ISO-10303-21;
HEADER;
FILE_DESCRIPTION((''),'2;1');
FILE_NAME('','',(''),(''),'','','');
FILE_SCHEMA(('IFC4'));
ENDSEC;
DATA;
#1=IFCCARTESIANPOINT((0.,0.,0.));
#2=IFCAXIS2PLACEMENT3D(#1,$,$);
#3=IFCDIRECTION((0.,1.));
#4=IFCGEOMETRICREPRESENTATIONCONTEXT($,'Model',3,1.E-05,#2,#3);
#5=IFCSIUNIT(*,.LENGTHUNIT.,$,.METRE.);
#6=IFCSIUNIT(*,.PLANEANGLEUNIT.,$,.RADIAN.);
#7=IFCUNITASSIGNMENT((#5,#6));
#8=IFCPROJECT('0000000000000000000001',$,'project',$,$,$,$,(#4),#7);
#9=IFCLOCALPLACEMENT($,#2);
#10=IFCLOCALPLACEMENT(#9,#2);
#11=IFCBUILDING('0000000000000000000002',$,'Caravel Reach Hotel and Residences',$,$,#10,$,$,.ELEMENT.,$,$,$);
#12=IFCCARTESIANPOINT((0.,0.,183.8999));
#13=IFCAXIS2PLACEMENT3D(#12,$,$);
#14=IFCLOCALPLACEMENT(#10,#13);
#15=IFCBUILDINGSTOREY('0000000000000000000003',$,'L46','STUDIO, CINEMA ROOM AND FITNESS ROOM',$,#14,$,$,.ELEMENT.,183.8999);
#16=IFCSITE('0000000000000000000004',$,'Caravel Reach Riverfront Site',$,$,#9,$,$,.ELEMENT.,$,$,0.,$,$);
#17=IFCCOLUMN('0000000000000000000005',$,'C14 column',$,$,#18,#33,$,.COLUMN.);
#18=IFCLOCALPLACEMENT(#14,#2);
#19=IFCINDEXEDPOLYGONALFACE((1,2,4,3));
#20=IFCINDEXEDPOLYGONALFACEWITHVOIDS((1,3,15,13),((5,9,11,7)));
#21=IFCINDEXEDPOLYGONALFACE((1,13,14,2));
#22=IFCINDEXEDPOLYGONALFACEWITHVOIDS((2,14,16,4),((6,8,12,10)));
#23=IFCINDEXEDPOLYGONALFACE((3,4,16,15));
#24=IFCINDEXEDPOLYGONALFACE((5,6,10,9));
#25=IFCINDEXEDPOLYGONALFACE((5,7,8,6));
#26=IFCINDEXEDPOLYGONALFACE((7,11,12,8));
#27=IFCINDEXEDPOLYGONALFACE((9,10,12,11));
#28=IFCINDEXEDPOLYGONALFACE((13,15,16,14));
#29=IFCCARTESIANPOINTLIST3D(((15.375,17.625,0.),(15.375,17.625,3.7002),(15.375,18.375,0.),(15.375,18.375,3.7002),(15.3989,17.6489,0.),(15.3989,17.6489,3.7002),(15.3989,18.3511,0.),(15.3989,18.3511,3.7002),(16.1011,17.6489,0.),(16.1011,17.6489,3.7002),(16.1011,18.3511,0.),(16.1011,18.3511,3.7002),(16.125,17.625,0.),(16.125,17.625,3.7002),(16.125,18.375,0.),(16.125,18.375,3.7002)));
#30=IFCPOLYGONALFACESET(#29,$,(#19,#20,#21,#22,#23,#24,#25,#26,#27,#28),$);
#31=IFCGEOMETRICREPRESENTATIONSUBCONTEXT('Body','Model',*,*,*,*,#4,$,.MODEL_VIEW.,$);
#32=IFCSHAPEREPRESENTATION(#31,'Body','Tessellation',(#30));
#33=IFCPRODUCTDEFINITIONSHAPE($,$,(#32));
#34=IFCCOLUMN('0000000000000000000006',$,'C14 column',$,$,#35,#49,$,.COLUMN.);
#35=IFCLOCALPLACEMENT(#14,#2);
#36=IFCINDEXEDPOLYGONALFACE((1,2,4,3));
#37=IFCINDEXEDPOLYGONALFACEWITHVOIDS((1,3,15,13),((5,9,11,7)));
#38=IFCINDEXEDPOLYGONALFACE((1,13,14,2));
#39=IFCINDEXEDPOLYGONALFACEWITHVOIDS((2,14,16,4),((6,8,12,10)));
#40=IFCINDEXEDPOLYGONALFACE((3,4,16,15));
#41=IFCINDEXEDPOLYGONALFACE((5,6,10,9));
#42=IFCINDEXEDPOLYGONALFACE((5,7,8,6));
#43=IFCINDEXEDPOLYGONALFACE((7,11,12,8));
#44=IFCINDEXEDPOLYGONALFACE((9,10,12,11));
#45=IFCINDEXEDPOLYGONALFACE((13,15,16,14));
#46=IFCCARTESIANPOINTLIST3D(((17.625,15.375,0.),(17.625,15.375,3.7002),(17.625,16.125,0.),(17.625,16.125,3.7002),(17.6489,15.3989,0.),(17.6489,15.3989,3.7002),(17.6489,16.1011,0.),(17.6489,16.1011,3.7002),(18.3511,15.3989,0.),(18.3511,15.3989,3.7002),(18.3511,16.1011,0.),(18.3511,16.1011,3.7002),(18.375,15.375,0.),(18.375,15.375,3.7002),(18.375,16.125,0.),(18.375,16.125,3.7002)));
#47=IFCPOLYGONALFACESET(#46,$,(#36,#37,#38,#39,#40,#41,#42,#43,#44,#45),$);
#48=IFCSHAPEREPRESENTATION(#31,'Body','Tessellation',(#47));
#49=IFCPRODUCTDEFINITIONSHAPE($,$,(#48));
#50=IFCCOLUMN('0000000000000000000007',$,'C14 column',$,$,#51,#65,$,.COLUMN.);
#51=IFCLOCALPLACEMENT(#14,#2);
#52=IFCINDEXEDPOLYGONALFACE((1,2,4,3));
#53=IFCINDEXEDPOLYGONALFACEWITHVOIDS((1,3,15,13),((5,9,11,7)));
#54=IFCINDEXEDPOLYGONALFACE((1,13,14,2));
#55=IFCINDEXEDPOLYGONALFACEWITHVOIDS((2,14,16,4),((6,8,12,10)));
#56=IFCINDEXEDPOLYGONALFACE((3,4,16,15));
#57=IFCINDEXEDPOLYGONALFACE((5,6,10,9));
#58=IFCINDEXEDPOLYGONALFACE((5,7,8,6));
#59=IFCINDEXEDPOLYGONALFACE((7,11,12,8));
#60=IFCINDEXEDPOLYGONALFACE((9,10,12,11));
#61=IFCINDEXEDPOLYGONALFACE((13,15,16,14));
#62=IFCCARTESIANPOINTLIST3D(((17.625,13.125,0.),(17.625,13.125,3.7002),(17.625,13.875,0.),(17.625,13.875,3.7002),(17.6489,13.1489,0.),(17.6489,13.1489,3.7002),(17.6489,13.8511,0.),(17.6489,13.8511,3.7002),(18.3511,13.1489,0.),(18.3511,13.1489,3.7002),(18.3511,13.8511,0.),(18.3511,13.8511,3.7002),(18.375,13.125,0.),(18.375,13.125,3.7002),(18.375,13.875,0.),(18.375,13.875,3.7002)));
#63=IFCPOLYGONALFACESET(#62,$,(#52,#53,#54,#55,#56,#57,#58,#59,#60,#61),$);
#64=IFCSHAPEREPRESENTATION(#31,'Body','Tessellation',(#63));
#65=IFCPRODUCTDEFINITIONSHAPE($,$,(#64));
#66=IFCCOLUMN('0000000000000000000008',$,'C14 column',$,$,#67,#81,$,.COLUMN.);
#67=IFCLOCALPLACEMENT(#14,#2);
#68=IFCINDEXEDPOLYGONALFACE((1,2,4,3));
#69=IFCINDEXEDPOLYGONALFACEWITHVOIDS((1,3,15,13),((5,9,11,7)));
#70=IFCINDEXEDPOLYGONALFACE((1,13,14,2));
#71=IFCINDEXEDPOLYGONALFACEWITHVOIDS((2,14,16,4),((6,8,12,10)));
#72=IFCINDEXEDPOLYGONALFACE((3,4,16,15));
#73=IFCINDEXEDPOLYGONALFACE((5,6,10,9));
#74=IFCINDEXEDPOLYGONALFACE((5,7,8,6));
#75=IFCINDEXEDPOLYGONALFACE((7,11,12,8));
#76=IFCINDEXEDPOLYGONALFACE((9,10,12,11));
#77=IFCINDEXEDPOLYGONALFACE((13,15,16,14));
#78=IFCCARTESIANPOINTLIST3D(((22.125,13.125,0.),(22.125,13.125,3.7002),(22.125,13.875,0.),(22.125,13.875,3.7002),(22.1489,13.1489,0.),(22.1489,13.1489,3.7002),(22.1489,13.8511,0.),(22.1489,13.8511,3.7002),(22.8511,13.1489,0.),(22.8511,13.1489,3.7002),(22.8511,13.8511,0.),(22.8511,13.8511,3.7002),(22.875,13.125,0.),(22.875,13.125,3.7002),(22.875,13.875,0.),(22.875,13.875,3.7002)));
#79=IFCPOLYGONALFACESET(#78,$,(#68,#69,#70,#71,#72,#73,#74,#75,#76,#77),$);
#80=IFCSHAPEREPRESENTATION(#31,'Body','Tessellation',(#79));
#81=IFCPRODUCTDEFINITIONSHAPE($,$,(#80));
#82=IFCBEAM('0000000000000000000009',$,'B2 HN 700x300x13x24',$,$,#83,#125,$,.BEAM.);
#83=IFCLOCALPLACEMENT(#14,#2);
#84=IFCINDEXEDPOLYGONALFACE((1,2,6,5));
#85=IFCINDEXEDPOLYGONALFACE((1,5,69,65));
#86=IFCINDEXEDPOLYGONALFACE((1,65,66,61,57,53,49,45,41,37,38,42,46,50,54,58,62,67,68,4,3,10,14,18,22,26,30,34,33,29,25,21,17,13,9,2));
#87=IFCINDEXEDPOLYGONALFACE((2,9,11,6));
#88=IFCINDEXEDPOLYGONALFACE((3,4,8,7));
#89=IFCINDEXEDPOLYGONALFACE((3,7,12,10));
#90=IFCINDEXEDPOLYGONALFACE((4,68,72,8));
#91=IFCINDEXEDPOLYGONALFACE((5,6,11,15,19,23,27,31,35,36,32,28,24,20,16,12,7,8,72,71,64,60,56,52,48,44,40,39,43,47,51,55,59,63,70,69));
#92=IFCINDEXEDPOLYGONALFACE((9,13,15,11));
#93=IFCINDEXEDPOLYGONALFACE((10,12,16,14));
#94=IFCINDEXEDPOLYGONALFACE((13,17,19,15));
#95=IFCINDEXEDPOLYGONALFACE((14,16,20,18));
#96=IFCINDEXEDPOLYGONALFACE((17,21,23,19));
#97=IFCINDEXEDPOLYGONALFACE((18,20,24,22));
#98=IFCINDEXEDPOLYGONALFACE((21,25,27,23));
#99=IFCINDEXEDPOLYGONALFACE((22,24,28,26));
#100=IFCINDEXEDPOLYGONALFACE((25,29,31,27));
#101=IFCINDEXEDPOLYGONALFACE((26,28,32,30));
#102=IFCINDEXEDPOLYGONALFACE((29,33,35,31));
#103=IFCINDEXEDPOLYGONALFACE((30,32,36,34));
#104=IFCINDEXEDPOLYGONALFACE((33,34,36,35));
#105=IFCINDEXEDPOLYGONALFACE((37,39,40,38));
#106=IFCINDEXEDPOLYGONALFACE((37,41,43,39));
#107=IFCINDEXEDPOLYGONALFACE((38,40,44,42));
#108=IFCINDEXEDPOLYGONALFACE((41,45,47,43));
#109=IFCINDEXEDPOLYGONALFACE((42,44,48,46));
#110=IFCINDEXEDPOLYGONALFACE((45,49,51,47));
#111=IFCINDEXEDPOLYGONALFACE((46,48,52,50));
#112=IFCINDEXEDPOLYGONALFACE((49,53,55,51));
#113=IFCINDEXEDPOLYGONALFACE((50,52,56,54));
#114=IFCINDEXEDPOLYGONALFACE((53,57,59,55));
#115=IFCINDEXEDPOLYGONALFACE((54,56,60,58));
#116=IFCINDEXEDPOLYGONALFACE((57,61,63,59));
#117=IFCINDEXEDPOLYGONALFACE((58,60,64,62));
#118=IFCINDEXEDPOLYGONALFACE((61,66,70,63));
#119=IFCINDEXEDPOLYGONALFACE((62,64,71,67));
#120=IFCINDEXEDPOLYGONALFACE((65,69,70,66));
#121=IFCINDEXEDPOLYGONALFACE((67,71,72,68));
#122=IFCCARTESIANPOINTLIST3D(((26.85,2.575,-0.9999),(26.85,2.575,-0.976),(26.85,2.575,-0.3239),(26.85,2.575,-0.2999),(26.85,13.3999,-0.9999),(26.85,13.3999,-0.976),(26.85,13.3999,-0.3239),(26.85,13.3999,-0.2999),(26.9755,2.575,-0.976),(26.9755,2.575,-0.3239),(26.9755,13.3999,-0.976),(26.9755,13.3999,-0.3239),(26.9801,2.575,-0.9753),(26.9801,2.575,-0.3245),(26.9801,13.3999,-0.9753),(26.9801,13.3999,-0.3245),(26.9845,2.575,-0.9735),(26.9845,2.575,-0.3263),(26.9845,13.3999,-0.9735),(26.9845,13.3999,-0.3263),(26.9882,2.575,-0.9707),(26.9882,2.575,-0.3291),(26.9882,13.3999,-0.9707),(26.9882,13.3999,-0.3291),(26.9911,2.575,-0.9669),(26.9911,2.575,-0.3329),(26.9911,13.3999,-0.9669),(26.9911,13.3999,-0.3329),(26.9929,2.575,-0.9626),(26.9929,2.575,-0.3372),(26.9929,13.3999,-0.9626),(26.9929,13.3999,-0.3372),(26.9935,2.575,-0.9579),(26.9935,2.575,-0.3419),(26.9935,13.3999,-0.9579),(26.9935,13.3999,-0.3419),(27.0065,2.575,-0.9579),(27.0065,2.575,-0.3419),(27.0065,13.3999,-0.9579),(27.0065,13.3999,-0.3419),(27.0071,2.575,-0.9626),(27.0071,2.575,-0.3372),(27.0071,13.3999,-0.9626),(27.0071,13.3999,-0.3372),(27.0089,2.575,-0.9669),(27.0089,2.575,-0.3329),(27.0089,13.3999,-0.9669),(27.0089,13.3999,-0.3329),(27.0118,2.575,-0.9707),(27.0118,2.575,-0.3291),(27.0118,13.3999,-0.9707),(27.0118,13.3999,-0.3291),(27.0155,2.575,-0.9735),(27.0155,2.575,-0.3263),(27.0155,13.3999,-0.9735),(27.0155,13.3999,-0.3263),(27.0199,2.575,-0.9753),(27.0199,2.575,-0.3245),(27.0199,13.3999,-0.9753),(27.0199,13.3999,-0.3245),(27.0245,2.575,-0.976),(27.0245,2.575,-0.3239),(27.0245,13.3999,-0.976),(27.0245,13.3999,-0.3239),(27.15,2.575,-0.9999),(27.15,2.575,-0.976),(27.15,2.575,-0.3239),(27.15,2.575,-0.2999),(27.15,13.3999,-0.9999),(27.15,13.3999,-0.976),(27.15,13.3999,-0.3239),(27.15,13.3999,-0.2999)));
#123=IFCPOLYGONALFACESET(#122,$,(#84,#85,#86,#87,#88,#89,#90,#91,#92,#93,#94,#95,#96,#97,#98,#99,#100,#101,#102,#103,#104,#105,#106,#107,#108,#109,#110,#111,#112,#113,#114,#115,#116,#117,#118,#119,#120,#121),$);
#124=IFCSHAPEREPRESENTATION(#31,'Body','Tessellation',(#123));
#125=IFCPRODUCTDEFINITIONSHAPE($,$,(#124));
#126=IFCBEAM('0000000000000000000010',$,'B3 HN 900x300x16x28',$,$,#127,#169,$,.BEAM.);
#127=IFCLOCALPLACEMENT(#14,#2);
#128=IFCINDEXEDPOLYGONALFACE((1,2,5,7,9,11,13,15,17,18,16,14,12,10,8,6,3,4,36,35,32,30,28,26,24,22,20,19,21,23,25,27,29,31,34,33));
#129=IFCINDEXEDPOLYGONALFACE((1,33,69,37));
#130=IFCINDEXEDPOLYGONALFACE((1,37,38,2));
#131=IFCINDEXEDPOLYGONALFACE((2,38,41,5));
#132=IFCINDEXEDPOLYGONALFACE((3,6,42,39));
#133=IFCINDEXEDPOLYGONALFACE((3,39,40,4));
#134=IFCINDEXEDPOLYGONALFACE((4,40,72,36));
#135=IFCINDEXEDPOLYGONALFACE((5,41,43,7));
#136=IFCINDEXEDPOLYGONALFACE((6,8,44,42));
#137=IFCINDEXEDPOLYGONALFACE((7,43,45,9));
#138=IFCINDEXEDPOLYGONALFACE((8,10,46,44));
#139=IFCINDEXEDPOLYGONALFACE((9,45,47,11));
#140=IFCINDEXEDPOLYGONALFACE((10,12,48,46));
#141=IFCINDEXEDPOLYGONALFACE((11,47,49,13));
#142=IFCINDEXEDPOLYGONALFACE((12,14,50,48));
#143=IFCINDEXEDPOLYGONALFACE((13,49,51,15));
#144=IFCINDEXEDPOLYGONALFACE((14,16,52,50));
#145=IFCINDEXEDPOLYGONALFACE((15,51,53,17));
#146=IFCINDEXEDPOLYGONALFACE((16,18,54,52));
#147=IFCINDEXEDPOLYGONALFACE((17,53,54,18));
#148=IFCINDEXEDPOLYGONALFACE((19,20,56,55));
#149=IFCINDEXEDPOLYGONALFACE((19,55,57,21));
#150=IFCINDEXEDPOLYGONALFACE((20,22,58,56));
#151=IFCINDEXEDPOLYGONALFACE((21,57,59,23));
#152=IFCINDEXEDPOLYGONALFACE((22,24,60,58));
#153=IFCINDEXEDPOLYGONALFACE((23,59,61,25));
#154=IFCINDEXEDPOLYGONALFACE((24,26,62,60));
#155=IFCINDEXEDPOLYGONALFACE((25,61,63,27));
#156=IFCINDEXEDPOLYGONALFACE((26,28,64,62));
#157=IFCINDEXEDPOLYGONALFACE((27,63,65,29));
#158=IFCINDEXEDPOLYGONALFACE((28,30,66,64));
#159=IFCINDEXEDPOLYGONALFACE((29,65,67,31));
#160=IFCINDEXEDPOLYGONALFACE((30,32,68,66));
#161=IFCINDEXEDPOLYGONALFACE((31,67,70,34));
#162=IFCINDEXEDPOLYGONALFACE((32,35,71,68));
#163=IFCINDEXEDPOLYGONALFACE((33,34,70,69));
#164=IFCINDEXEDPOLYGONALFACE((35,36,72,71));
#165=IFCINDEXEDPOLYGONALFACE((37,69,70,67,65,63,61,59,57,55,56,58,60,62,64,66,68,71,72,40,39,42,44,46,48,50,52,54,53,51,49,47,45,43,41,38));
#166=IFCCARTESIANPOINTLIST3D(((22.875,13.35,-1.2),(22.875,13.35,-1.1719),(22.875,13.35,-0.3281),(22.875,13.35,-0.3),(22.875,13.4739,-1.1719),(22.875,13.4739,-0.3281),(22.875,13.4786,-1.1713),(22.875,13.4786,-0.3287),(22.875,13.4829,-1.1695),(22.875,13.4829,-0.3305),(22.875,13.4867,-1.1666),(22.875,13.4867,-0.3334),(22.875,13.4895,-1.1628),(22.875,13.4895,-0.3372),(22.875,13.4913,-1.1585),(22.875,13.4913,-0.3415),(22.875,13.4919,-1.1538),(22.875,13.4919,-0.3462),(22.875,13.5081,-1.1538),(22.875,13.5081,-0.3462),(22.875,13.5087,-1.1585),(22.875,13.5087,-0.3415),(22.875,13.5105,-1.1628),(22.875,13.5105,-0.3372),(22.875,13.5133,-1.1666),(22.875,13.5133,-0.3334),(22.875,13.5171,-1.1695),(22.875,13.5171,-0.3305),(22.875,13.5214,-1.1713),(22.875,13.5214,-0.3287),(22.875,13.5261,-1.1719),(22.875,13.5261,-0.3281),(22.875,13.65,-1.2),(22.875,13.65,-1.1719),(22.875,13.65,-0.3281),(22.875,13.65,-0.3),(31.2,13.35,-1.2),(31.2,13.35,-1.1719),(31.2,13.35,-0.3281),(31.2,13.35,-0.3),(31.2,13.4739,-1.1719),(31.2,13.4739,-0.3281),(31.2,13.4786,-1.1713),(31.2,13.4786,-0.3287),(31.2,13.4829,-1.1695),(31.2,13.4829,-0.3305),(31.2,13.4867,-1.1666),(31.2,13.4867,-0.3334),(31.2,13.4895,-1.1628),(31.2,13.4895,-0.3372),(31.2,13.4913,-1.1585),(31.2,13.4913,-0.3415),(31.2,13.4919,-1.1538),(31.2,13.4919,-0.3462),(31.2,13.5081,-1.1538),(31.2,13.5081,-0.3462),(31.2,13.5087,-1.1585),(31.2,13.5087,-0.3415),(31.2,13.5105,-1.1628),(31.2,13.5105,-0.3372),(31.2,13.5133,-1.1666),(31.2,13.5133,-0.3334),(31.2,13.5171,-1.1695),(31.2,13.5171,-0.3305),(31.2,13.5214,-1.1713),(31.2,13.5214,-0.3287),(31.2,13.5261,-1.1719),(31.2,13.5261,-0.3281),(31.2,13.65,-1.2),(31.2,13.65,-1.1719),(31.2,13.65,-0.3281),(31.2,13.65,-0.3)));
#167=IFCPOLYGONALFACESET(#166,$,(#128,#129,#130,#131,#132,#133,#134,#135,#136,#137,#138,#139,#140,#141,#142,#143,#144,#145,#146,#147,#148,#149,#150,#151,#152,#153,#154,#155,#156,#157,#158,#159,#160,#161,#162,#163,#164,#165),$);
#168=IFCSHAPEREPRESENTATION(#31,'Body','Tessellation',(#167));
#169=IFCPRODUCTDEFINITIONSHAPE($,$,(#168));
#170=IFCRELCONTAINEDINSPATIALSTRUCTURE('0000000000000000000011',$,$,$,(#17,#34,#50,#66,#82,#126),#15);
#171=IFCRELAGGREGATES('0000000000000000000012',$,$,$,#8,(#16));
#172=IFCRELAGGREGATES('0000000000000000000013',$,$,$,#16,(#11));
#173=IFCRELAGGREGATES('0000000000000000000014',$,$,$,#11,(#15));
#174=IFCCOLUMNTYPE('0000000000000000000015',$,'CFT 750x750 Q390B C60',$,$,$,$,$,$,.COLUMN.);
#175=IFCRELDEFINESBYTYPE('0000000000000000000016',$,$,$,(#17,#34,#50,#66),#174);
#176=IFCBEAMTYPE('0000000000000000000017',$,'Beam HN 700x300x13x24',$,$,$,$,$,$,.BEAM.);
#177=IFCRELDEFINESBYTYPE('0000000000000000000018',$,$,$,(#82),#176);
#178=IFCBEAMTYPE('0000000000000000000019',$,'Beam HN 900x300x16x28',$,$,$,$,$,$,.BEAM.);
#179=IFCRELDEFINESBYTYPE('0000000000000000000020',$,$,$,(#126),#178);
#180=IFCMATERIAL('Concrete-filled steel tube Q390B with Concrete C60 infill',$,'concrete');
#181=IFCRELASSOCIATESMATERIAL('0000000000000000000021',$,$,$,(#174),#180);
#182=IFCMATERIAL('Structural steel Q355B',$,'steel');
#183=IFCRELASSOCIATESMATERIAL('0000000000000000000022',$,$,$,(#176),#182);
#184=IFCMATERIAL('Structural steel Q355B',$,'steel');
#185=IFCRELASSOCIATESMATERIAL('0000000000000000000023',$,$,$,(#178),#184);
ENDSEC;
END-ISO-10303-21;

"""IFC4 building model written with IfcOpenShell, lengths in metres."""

from ifc_helpers import new_model, si_unit, direction, frame, origin, origin_2d, place, context, subcontext, project, spatial, hollow_rectangle, i_section, extrude, material, material_profile, profile_set, type_object, element, save


model = new_model("IFC4")

# Units and contexts
model_context = context("Model", 3, precision=1e-05, world=origin(), true_north=direction((0.0, 1.0)))
body_context = subcontext(model_context, "Body", "Model", "MODEL_VIEW")
ifc_project = project(units=[si_unit("LENGTHUNIT", "METRE"), si_unit("PLANEANGLEUNIT", "RADIAN")], contexts=[model_context])

# Site, building, storey
site_placement = place(None, origin())
site = spatial("IfcSite", under=ifc_project, at=site_placement, Name="Caravel Reach Riverfront Site", CompositionType="ELEMENT", RefElevation=0.0)
building_placement = place(site_placement, origin())
building = spatial("IfcBuilding", under=site, at=building_placement, Name="Caravel Reach Hotel and Residences", CompositionType="ELEMENT")
storey_placement = place(building_placement, frame((0.0, 0.0, 183.8999)))
storey = spatial("IfcBuildingStorey", under=building, at=storey_placement, Name="L46", Description="STUDIO, CINEMA ROOM AND FITNESS ROOM", CompositionType="ELEMENT", Elevation=183.8999)

# Columns
ifc_material_1 = material(Name="Concrete-filled steel tube Q390B with Concrete C60 infill", Category="concrete")
ifc_material_profile_1 = material_profile(ifc_material_1, hollow_rectangle(XDim=0.75, YDim=0.75, WallThickness=0.0239, at=origin_2d()), Name="RHS 750x750x24")
ifc_profile_set_1 = profile_set([ifc_material_profile_1], Name="Concrete-filled steel tube Q390B with Concrete C60 infill")
column_type = type_object("IfcColumnType", Name="CFT 750x750 Q390B C60", PredefinedType="COLUMN", material=ifc_profile_set_1)
for number, where, z_axis, x_axis, name in (
    (1, (15.75, 18.0, 0.0), (0.0, 0.0, 1.0), (1.0, 0.0, 0.0), "C14 column"),
    (2, (18.0, 15.75, 0.0), (0.0, 0.0, 1.0), (1.0, 0.0, 0.0), "C14 column"),
    (3, (18.0, 13.5, 0.0), (0.0, 0.0, 1.0), (1.0, 0.0, 0.0), "C14 column"),
    (4, (22.5, 13.5, 0.0), (0.0, 0.0, 1.0), (1.0, 0.0, 0.0), "C14 column"),
):
    element("IfcColumn", number, at=place(storey_placement, frame(where, z_axis=z_axis, x_axis=x_axis)), inside=storey, type_object=column_type, Name=name, PredefinedType="COLUMN", context=body_context, shape_type="SweptSolid", body=[
        extrude(hollow_rectangle(XDim=0.75, YDim=0.75, WallThickness=0.0239, at=origin_2d()), origin(), (0.0, 0.0, 1.0), 3.7002),
    ])

# Beams
ifc_material_2 = material(Name="Structural steel Q355B", Category="steel")
ifc_material_profile_2 = material_profile(ifc_material_2, i_section(OverallWidth=0.3, OverallDepth=0.7, WebThickness=0.0129, FlangeThickness=0.0239, FilletRadius=0.0181, at=origin_2d()), Name="HN 700x300x13x24")
ifc_profile_set_2 = profile_set([ifc_material_profile_2], Name="Structural steel Q355B")
beam_type_1 = type_object("IfcBeamType", Name="Beam HN 700x300x13x24", PredefinedType="BEAM", material=ifc_profile_set_2)
beam_1_placement = place(storey_placement, frame((27.0, 13.3999, -0.6499), z_axis=(0.0, -1.0, 0.0), x_axis=(1.0, 0.0, 0.0)))
element("IfcBeam", 5, at=beam_1_placement, inside=storey, type_object=beam_type_1, Name="B2 HN 700x300x13x24", PredefinedType="BEAM", context=body_context, shape_type="SweptSolid", body=[
    extrude(i_section(OverallWidth=0.3, OverallDepth=0.7, WebThickness=0.0129, FlangeThickness=0.0239, FilletRadius=0.0181, at=origin_2d()), origin(), (0.0, 0.0, 1.0), 10.825),
])
ifc_material_3 = material(Name="Structural steel Q355B", Category="steel")
ifc_material_profile_3 = material_profile(ifc_material_3, i_section(OverallWidth=0.3, OverallDepth=0.8999, WebThickness=0.0161, FlangeThickness=0.0281, FilletRadius=0.0181, at=origin_2d()), Name="HN 900x300x16x28")
ifc_profile_set_3 = profile_set([ifc_material_profile_3], Name="Structural steel Q355B")
beam_type_2 = type_object("IfcBeamType", Name="Beam HN 900x300x16x28", PredefinedType="BEAM", material=ifc_profile_set_3)
beam_2_placement = place(storey_placement, frame((22.875, 13.5, -0.75), z_axis=(1.0, 0.0, 0.0), x_axis=(0.0, 1.0, 0.0)))
element("IfcBeam", 6, at=beam_2_placement, inside=storey, type_object=beam_type_2, Name="B3 HN 900x300x16x28", PredefinedType="BEAM", context=body_context, shape_type="SweptSolid", body=[
    extrude(i_section(OverallWidth=0.3, OverallDepth=0.8999, WebThickness=0.0161, FlangeThickness=0.0281, FilletRadius=0.0181, at=origin_2d()), origin(), (0.0, 0.0, 1.0), 8.325),
])

save(model, "model.ifc")
